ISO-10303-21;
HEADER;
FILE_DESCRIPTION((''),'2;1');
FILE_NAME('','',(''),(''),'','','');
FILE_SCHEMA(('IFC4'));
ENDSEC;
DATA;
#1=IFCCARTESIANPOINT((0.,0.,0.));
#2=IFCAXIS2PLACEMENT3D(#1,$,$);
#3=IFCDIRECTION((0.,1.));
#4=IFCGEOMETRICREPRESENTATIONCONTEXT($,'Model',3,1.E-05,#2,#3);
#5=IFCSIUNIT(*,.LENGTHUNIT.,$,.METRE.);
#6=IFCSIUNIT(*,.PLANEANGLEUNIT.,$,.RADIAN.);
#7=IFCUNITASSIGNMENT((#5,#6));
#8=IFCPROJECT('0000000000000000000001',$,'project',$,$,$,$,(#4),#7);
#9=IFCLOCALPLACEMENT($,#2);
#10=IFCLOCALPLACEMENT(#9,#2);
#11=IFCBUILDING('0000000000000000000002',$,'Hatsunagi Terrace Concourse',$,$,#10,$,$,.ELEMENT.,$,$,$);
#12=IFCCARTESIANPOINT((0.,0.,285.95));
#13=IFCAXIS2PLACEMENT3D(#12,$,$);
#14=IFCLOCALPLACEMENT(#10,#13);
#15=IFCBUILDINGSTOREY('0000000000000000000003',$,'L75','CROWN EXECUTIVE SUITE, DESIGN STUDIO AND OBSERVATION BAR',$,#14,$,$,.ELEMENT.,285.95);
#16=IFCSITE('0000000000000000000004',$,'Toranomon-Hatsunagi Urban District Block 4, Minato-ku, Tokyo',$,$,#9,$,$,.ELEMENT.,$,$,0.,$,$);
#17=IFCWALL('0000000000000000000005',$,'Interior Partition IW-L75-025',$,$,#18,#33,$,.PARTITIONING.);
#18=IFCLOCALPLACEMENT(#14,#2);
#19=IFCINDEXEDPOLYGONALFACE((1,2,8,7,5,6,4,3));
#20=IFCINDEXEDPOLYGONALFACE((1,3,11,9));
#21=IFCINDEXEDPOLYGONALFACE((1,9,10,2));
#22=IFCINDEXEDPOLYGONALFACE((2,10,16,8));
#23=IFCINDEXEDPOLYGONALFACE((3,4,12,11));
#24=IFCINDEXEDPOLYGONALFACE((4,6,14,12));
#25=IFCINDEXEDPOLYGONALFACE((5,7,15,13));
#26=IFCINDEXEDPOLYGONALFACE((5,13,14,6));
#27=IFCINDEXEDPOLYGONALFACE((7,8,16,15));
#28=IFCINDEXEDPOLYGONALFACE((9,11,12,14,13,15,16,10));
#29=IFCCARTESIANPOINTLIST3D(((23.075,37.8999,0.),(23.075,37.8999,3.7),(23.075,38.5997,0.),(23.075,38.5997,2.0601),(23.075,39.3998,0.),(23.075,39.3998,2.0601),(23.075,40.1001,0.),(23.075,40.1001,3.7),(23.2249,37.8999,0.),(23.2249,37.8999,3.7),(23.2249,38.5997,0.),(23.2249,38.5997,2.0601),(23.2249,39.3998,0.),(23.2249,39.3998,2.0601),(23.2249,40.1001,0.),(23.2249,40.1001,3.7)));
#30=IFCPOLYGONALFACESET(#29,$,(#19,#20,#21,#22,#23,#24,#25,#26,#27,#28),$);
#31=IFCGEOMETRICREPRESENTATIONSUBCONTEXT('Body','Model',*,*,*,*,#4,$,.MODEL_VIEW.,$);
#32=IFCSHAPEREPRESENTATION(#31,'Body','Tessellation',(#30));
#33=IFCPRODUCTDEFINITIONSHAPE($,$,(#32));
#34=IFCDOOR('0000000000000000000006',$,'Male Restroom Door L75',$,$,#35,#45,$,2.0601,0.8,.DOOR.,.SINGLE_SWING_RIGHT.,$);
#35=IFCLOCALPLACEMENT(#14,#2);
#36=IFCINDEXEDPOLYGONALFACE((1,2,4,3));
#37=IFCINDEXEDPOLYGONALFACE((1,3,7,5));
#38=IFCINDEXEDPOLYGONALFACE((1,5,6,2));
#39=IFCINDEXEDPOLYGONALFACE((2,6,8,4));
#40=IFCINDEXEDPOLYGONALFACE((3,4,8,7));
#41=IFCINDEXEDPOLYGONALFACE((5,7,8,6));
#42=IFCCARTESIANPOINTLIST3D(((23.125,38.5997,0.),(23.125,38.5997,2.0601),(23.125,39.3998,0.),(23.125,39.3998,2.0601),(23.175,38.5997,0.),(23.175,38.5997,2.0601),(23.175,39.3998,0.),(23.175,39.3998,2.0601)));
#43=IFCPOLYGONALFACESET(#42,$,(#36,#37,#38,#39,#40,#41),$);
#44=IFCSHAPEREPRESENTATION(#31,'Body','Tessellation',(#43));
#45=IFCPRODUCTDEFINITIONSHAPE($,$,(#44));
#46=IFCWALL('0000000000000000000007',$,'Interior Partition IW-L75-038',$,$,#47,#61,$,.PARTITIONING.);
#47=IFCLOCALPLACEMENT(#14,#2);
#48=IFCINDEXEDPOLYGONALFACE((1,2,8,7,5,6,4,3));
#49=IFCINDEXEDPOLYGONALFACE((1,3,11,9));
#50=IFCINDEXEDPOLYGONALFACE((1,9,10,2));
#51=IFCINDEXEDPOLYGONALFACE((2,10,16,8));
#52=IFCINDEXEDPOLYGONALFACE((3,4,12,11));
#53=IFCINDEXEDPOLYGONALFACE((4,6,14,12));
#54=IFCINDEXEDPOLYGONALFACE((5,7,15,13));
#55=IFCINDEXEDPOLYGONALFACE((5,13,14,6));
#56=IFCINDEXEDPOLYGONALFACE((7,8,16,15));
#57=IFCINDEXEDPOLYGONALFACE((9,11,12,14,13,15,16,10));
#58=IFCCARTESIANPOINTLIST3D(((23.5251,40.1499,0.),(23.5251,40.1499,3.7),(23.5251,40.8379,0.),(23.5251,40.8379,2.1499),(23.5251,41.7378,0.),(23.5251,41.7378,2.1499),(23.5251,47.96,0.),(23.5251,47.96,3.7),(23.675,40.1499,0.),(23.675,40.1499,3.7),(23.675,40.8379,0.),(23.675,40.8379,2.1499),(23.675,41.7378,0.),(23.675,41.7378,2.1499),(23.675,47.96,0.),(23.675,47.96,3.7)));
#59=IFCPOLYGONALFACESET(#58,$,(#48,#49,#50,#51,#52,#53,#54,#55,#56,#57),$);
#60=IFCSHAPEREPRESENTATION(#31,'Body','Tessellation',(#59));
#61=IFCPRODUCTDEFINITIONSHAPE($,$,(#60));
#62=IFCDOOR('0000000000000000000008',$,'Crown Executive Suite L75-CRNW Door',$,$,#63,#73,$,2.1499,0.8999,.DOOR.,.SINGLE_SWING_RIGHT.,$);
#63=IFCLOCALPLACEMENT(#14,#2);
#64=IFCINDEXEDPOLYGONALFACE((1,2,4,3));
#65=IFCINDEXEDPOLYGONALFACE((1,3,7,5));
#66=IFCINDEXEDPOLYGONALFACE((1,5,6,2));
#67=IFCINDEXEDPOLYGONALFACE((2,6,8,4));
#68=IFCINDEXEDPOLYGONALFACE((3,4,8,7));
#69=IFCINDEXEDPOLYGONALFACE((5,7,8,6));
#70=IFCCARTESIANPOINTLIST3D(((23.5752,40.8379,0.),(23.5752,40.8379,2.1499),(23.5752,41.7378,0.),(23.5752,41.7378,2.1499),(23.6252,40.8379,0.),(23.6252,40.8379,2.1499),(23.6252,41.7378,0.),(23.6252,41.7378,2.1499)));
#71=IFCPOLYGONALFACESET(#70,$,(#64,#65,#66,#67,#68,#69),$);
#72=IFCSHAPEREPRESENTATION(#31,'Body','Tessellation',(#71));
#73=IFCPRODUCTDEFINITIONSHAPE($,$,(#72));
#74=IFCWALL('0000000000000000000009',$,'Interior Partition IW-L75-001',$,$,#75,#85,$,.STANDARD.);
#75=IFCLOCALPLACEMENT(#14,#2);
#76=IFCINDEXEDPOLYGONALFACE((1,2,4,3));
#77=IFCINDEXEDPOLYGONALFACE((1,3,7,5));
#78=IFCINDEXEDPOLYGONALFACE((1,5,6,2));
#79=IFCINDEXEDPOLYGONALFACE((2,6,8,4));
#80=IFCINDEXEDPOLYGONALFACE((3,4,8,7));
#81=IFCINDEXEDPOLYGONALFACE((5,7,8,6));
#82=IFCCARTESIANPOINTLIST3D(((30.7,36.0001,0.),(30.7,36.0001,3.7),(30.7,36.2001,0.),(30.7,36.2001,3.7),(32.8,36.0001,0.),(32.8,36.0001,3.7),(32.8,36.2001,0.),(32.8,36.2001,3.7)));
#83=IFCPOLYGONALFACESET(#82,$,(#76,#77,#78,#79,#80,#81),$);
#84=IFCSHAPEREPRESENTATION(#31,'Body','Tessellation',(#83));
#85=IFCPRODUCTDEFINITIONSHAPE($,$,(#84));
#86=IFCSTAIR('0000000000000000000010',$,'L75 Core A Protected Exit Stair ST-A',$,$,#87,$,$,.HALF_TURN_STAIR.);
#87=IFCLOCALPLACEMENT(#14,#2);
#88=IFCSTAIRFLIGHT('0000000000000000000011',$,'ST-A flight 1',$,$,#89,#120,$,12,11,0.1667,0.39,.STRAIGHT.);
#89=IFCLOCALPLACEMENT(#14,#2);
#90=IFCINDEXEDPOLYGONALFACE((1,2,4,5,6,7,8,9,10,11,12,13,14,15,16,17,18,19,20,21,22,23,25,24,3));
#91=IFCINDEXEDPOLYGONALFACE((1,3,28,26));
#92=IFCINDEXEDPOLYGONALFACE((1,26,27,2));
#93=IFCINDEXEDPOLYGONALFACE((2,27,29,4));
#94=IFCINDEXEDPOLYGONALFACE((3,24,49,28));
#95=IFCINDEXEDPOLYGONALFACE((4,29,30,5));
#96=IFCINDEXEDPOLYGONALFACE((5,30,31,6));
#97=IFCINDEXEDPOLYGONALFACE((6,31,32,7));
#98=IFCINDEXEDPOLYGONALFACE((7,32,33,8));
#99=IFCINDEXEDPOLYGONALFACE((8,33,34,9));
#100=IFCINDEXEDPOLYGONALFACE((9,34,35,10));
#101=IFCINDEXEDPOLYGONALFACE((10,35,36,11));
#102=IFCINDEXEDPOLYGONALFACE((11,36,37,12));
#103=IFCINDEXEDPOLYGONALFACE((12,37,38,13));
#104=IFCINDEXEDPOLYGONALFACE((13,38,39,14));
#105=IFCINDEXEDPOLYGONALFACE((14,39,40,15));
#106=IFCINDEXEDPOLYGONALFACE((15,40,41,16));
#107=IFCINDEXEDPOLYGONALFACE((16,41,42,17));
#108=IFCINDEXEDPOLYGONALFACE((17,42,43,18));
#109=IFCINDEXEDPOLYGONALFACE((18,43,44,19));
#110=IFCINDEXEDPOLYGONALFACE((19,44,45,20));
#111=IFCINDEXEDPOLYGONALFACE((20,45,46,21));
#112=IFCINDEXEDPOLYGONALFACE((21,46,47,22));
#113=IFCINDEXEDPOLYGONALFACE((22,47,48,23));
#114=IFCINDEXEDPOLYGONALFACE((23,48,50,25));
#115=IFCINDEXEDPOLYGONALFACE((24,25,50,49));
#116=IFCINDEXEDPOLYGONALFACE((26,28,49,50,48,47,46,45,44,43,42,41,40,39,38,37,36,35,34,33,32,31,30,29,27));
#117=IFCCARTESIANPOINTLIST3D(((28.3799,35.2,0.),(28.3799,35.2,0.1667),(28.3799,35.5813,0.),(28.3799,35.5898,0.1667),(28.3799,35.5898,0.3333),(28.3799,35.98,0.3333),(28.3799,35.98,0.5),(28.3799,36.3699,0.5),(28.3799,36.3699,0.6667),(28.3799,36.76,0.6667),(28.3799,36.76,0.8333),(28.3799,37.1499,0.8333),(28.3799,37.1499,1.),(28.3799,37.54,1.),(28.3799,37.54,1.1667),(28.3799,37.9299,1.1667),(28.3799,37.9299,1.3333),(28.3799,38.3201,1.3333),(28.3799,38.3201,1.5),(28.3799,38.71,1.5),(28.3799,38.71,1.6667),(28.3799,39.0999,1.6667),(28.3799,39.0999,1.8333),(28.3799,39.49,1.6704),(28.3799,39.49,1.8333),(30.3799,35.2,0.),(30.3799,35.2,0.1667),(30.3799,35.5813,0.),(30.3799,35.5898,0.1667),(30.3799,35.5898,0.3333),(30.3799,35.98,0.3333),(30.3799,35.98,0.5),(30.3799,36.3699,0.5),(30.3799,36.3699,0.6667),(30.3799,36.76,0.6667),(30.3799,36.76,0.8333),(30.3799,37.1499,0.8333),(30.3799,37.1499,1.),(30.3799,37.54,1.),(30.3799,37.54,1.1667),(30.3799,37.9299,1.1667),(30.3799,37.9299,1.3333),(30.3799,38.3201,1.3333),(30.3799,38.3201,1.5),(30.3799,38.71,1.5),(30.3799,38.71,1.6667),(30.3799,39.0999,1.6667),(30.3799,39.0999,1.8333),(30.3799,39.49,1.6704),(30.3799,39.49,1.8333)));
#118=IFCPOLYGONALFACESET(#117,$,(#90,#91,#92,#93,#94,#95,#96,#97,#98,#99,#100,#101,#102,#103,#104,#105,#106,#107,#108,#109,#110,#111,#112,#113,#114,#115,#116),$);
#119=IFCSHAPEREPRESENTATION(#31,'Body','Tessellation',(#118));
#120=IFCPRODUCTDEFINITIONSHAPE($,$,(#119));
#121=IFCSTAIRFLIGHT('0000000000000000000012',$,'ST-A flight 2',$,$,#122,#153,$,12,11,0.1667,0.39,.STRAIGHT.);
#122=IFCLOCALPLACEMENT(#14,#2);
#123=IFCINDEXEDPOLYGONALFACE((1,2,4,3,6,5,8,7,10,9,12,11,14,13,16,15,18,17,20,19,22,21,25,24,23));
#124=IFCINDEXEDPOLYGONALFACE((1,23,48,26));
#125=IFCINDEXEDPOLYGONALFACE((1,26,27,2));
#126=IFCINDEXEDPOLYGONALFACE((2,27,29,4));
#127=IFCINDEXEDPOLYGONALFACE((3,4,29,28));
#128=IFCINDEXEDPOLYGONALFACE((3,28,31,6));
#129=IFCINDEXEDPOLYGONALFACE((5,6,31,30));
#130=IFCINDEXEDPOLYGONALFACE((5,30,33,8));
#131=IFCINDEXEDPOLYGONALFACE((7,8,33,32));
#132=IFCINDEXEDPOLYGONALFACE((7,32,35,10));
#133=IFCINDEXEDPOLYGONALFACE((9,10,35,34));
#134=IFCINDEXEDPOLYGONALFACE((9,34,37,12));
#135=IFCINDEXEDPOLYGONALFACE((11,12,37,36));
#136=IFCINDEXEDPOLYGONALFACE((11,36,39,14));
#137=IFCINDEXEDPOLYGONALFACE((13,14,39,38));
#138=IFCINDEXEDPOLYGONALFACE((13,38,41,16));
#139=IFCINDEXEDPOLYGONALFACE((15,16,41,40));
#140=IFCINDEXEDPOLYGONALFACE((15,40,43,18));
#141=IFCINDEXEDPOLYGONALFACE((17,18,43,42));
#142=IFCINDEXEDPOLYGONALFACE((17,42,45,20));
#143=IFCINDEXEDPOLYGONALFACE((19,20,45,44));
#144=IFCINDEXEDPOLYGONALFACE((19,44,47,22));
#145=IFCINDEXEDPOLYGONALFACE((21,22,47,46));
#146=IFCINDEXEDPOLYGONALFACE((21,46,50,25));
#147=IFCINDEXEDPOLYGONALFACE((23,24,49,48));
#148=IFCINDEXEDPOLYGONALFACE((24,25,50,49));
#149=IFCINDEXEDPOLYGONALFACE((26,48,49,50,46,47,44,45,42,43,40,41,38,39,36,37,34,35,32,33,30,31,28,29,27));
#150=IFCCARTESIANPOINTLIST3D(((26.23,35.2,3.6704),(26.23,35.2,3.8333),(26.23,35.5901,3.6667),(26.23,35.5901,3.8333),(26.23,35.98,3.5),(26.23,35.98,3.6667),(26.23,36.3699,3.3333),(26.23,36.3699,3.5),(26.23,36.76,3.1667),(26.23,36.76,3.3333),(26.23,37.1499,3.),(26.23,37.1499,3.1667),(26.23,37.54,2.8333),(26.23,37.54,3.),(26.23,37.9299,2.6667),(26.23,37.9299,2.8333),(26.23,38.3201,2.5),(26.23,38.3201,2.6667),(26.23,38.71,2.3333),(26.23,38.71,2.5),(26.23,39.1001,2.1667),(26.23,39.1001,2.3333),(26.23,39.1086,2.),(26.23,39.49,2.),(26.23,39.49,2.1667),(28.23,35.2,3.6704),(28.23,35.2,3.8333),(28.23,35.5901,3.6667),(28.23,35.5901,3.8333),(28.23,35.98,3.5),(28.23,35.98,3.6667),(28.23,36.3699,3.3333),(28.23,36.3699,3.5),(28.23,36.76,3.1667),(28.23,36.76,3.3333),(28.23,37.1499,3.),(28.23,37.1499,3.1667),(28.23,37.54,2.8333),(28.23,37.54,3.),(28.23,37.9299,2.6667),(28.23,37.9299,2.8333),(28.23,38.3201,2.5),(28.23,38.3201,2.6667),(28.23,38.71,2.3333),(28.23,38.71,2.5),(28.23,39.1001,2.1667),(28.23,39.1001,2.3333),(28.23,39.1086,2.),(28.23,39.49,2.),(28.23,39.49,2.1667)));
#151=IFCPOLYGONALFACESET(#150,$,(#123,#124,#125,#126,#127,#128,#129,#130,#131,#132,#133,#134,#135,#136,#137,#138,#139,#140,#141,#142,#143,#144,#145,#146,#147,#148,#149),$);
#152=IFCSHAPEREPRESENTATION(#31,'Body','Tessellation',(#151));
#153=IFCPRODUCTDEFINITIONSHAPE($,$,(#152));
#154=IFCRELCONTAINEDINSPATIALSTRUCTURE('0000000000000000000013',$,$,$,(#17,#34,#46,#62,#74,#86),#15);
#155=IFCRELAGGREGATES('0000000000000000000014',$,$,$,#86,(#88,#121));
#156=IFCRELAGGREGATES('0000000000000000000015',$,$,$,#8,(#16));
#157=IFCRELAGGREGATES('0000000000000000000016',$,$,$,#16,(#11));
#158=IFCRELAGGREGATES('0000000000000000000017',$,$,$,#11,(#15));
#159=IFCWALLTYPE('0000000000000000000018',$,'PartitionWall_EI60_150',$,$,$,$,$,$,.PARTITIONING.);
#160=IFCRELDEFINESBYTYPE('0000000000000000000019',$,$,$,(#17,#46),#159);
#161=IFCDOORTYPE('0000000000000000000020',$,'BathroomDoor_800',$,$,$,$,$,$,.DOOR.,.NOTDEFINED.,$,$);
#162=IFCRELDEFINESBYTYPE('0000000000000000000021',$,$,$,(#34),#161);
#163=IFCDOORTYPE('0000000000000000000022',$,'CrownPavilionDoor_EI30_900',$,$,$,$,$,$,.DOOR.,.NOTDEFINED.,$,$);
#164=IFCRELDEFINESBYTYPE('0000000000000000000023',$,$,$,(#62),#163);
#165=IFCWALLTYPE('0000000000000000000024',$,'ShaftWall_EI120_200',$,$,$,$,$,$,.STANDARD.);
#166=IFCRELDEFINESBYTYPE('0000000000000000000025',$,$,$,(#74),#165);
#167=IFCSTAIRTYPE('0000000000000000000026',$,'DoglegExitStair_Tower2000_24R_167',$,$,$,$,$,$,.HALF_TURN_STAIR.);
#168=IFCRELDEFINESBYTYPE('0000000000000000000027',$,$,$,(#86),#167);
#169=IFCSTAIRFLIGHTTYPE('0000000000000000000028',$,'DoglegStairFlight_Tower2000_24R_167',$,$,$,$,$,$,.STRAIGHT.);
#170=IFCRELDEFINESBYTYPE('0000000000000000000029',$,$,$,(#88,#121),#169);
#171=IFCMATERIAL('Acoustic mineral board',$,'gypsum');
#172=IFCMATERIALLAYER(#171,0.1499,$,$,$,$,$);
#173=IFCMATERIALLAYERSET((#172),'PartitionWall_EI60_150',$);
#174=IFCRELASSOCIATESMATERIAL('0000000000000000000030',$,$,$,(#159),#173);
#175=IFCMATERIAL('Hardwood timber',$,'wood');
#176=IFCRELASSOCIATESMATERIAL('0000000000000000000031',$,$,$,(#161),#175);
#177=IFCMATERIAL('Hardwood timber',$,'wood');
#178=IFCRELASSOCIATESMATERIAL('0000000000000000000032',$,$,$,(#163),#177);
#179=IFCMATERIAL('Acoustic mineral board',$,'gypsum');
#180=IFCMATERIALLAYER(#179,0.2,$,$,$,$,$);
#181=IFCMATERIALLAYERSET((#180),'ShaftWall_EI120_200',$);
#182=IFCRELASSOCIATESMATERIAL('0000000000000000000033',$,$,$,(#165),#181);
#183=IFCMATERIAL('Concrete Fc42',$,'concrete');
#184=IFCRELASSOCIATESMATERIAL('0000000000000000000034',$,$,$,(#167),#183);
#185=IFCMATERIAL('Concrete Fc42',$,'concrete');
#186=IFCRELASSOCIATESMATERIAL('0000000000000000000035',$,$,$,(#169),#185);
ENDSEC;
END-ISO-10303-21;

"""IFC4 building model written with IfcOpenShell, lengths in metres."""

from ifc_helpers import new_model, si_unit, direction, frame, frame_2d, origin, place, context, subcontext, project, spatial, polyline, rectangle, outline, extrude, material, layer, layer_set, type_object, element, fill, aggregate, save


model = new_model("IFC4")

# Units and contexts
model_context = context("Model", 3, precision=1e-05, world=origin(), true_north=direction((0.0, 1.0)))
body_context = subcontext(model_context, "Body", "Model", "MODEL_VIEW")
ifc_project = project(units=[si_unit("LENGTHUNIT", "METRE"), si_unit("PLANEANGLEUNIT", "RADIAN")], contexts=[model_context])

# Site, building, storey
site_placement = place(None, origin())
site = spatial("IfcSite", under=ifc_project, at=site_placement, Name="Toranomon-Hatsunagi Urban District Block 4, Minato-ku, Tokyo", CompositionType="ELEMENT", RefElevation=0.0)
building_placement = place(site_placement, origin())
building = spatial("IfcBuilding", under=site, at=building_placement, Name="Hatsunagi Terrace Concourse", CompositionType="ELEMENT")
storey_placement = place(building_placement, frame((0.0, 0.0, 285.95)))
storey = spatial("IfcBuildingStorey", under=building, at=storey_placement, Name="L75", Description="CROWN EXECUTIVE SUITE, DESIGN STUDIO AND OBSERVATION BAR", CompositionType="ELEMENT", Elevation=285.95)

# Shared definitions
ifc_material_1 = material(Name="Acoustic mineral board", Category="gypsum")
ifc_layer_1 = layer(ifc_material_1, 0.1499)
ifc_layer_set_1 = layer_set([ifc_layer_1], Name="PartitionWall_EI60_150")
wall_type_1 = type_object("IfcWallType", Name="PartitionWall_EI60_150", PredefinedType="PARTITIONING", material=ifc_layer_set_1)

# Walls, openings, doors
ifc_material_2 = material(Name="Hardwood timber", Category="wood")
door_type_1 = type_object("IfcDoorType", Name="BathroomDoor_800", OperationType="NOTDEFINED", PredefinedType="DOOR", material=ifc_material_2)
wall_1_placement = place(storey_placement, frame((23.1499, 37.8999, 0.0), z_axis=(0.0, 0.0, 1.0), x_axis=(0.0, 1.0, 0.0)))
wall_1 = element("IfcWall", 1, at=wall_1_placement, inside=storey, type_object=wall_type_1, Name="Interior Partition IW-L75-025", PredefinedType="PARTITIONING", context=body_context, shape_type="SweptSolid", body=[
    extrude(rectangle(XDim=2.2002, YDim=0.1499, at=frame_2d((1.1001, 0.0))), origin(), (0.0, 0.0, 1.0), 3.7),
])
opening_1_placement = place(wall_1_placement, frame((0.7, 0.0, 0.0)))
opening_1 = element("IfcOpeningElement", 2, at=opening_1_placement, cuts=wall_1, PredefinedType="OPENING", context=body_context, shape_type="SweptSolid", body=[
    extrude(rectangle(XDim=0.8, YDim=2.0601, at=frame_2d((0.3999, 1.03))), frame((0.0, 0.085, 0.0), z_axis=(0.0, -1.0, 0.0), x_axis=(1.0, 0.0, 0.0)), (0.0, 0.0, 1.0), 0.1699),
])
door_1_placement = place(opening_1_placement, origin())
door_1 = element("IfcDoor", 3, at=door_1_placement, inside=storey, type_object=door_type_1, Name="Male Restroom Door L75", OperationType="SINGLE_SWING_RIGHT", OverallHeight=2.0601, OverallWidth=0.8, PredefinedType="DOOR", context=body_context, shape_type="SweptSolid", body=[
    extrude(rectangle(XDim=0.8, YDim=2.0601, at=frame_2d((0.3999, 1.03))), frame((0.0, 0.0249, 0.0), z_axis=(0.0, -1.0, 0.0), x_axis=(1.0, 0.0, 0.0)), (0.0, 0.0, 1.0), 0.05),
])
fill(opening_1, door_1)
wall_2_placement = place(storey_placement, frame((23.6001, 40.1499, 0.0), z_axis=(0.0, 0.0, 1.0), x_axis=(0.0, 1.0, 0.0)))
wall_2 = element("IfcWall", 4, at=wall_2_placement, inside=storey, type_object=wall_type_1, Name="Interior Partition IW-L75-038", PredefinedType="PARTITIONING", context=body_context, shape_type="SweptSolid", body=[
    extrude(rectangle(XDim=7.8101, YDim=0.1499, at=frame_2d((3.905, 0.0))), origin(), (0.0, 0.0, 1.0), 3.7),
])
opening_2_placement = place(wall_2_placement, frame((0.688, 0.0, 0.0)))
opening_2 = element("IfcOpeningElement", 5, at=opening_2_placement, cuts=wall_2, PredefinedType="OPENING", context=body_context, shape_type="SweptSolid", body=[
    extrude(rectangle(XDim=0.8999, YDim=2.1499, at=frame_2d((0.45, 1.075))), frame((0.0, 0.085, 0.0), z_axis=(0.0, -1.0, 0.0), x_axis=(1.0, 0.0, 0.0)), (0.0, 0.0, 1.0), 0.1699),
])
ifc_material_3 = material(Name="Hardwood timber", Category="wood")
door_type_2 = type_object("IfcDoorType", Name="CrownPavilionDoor_EI30_900", OperationType="NOTDEFINED", PredefinedType="DOOR", material=ifc_material_3)
door_2_placement = place(opening_2_placement, origin())
door_2 = element("IfcDoor", 6, at=door_2_placement, inside=storey, type_object=door_type_2, Name="Crown Executive Suite L75-CRNW Door", OperationType="SINGLE_SWING_RIGHT", OverallHeight=2.1499, OverallWidth=0.8999, PredefinedType="DOOR", context=body_context, shape_type="SweptSolid", body=[
    extrude(rectangle(XDim=0.8999, YDim=2.1499, at=frame_2d((0.45, 1.075))), frame((0.0, 0.0249, 0.0), z_axis=(0.0, -1.0, 0.0), x_axis=(1.0, 0.0, 0.0)), (0.0, 0.0, 1.0), 0.05),
])
fill(opening_2, door_2)

# Wall
ifc_material_4 = material(Name="Acoustic mineral board", Category="gypsum")
ifc_layer_2 = layer(ifc_material_4, 0.2)
ifc_layer_set_2 = layer_set([ifc_layer_2], Name="ShaftWall_EI120_200")
wall_type_2 = type_object("IfcWallType", Name="ShaftWall_EI120_200", PredefinedType="STANDARD", material=ifc_layer_set_2)
wall_3_placement = place(storey_placement, frame((30.7, 36.1001, 0.0), z_axis=(0.0, 0.0, 1.0), x_axis=(1.0, 0.0, 0.0)))
element("IfcWall", 7, at=wall_3_placement, inside=storey, type_object=wall_type_2, Name="Interior Partition IW-L75-001", PredefinedType="STANDARD", context=body_context, shape_type="SweptSolid", body=[
    extrude(rectangle(XDim=2.1001, YDim=0.2, at=frame_2d((1.05, 0.0))), origin(), (0.0, 0.0, 1.0), 3.7),
])

# Stair, stair flights
ifc_material_5 = material(Name="Concrete Fc42", Category="concrete")
stair_type = type_object("IfcStairType", Name="DoglegExitStair_Tower2000_24R_167", PredefinedType="HALF_TURN_STAIR", material=ifc_material_5)
stair_placement = place(storey_placement, origin())
stair = element("IfcStair", 8, at=stair_placement, inside=storey, type_object=stair_type, Name="L75 Core A Protected Exit Stair ST-A", PredefinedType="HALF_TURN_STAIR")
ifc_material_6 = material(Name="Concrete Fc42", Category="concrete")
stair_flight_type = type_object("IfcStairFlightType", Name="DoglegStairFlight_Tower2000_24R_167", PredefinedType="STRAIGHT", material=ifc_material_6)
stair_flight_1_placement = place(storey_placement, frame((29.3799, 35.2, 0.0), z_axis=(0.0, 0.0, 1.0), x_axis=(0.0, 1.0, 0.0)))
stair_flight_1 = element("IfcStairFlight", 9, at=stair_flight_1_placement, type_object=stair_flight_type, Name="ST-A flight 1", NumberOfRisers=12, NumberOfTreads=11, PredefinedType="STRAIGHT", RiserHeight=0.1667, TreadLength=0.39, context=body_context, shape_type="SweptSolid", body=[
    extrude(outline(polyline([(0.0, 0.0), (0.0, 0.1667), (0.3899, 0.1667), (0.3899, 0.3333), (0.78, 0.3333), (0.78, 0.5), (1.1699, 0.5), (1.1699, 0.6667), (1.5601, 0.6667), (1.5601, 0.8333), (1.95, 0.8333), (1.95, 1.0), (2.3401, 1.0), (2.3401, 1.1667), (2.73, 1.1667), (2.73, 1.3333), (3.1201, 1.3333), (3.1201, 1.5), (3.51, 1.5), (3.51, 1.6667), (3.8999, 1.6667), (3.8999, 1.8333), (4.29, 1.8333), (4.29, 2.0), (4.29, 1.6704), (0.3813, 0.0), (0.0, 0.0)])), frame((0.0, 1.0, 0.0), z_axis=(0.0, -1.0, 0.0), x_axis=(1.0, 0.0, 0.0)), (0.0, 0.0, 1.0), 2.0),
])
stair_flight_2_placement = place(storey_placement, frame((27.23, 39.49, 2.0), z_axis=(0.0, 0.0, 1.0), x_axis=(0.0, -1.0, 0.0)))
stair_flight_2 = element("IfcStairFlight", 10, at=stair_flight_2_placement, type_object=stair_flight_type, Name="ST-A flight 2", NumberOfRisers=12, NumberOfTreads=11, PredefinedType="STRAIGHT", RiserHeight=0.1667, TreadLength=0.39, context=body_context, shape_type="SweptSolid", body=[
    extrude(outline(polyline([(0.0, 0.0), (0.0, 0.1667), (0.3899, 0.1667), (0.3899, 0.3333), (0.78, 0.3333), (0.78, 0.5), (1.1699, 0.5), (1.1699, 0.6667), (1.5601, 0.6667), (1.5601, 0.8333), (1.95, 0.8333), (1.95, 1.0), (2.3401, 1.0), (2.3401, 1.1667), (2.73, 1.1667), (2.73, 1.3333), (3.1201, 1.3333), (3.1201, 1.5), (3.51, 1.5), (3.51, 1.6667), (3.8999, 1.6667), (3.8999, 1.8333), (4.29, 1.8333), (4.29, 2.0), (4.29, 1.6704), (0.3813, 0.0), (0.0, 0.0)])), frame((0.0, 1.0, 0.0), z_axis=(0.0, -1.0, 0.0), x_axis=(1.0, 0.0, 0.0)), (0.0, 0.0, 1.0), 2.0),
])
aggregate(stair, [stair_flight_1, stair_flight_2])

save(model, "model.ifc")
